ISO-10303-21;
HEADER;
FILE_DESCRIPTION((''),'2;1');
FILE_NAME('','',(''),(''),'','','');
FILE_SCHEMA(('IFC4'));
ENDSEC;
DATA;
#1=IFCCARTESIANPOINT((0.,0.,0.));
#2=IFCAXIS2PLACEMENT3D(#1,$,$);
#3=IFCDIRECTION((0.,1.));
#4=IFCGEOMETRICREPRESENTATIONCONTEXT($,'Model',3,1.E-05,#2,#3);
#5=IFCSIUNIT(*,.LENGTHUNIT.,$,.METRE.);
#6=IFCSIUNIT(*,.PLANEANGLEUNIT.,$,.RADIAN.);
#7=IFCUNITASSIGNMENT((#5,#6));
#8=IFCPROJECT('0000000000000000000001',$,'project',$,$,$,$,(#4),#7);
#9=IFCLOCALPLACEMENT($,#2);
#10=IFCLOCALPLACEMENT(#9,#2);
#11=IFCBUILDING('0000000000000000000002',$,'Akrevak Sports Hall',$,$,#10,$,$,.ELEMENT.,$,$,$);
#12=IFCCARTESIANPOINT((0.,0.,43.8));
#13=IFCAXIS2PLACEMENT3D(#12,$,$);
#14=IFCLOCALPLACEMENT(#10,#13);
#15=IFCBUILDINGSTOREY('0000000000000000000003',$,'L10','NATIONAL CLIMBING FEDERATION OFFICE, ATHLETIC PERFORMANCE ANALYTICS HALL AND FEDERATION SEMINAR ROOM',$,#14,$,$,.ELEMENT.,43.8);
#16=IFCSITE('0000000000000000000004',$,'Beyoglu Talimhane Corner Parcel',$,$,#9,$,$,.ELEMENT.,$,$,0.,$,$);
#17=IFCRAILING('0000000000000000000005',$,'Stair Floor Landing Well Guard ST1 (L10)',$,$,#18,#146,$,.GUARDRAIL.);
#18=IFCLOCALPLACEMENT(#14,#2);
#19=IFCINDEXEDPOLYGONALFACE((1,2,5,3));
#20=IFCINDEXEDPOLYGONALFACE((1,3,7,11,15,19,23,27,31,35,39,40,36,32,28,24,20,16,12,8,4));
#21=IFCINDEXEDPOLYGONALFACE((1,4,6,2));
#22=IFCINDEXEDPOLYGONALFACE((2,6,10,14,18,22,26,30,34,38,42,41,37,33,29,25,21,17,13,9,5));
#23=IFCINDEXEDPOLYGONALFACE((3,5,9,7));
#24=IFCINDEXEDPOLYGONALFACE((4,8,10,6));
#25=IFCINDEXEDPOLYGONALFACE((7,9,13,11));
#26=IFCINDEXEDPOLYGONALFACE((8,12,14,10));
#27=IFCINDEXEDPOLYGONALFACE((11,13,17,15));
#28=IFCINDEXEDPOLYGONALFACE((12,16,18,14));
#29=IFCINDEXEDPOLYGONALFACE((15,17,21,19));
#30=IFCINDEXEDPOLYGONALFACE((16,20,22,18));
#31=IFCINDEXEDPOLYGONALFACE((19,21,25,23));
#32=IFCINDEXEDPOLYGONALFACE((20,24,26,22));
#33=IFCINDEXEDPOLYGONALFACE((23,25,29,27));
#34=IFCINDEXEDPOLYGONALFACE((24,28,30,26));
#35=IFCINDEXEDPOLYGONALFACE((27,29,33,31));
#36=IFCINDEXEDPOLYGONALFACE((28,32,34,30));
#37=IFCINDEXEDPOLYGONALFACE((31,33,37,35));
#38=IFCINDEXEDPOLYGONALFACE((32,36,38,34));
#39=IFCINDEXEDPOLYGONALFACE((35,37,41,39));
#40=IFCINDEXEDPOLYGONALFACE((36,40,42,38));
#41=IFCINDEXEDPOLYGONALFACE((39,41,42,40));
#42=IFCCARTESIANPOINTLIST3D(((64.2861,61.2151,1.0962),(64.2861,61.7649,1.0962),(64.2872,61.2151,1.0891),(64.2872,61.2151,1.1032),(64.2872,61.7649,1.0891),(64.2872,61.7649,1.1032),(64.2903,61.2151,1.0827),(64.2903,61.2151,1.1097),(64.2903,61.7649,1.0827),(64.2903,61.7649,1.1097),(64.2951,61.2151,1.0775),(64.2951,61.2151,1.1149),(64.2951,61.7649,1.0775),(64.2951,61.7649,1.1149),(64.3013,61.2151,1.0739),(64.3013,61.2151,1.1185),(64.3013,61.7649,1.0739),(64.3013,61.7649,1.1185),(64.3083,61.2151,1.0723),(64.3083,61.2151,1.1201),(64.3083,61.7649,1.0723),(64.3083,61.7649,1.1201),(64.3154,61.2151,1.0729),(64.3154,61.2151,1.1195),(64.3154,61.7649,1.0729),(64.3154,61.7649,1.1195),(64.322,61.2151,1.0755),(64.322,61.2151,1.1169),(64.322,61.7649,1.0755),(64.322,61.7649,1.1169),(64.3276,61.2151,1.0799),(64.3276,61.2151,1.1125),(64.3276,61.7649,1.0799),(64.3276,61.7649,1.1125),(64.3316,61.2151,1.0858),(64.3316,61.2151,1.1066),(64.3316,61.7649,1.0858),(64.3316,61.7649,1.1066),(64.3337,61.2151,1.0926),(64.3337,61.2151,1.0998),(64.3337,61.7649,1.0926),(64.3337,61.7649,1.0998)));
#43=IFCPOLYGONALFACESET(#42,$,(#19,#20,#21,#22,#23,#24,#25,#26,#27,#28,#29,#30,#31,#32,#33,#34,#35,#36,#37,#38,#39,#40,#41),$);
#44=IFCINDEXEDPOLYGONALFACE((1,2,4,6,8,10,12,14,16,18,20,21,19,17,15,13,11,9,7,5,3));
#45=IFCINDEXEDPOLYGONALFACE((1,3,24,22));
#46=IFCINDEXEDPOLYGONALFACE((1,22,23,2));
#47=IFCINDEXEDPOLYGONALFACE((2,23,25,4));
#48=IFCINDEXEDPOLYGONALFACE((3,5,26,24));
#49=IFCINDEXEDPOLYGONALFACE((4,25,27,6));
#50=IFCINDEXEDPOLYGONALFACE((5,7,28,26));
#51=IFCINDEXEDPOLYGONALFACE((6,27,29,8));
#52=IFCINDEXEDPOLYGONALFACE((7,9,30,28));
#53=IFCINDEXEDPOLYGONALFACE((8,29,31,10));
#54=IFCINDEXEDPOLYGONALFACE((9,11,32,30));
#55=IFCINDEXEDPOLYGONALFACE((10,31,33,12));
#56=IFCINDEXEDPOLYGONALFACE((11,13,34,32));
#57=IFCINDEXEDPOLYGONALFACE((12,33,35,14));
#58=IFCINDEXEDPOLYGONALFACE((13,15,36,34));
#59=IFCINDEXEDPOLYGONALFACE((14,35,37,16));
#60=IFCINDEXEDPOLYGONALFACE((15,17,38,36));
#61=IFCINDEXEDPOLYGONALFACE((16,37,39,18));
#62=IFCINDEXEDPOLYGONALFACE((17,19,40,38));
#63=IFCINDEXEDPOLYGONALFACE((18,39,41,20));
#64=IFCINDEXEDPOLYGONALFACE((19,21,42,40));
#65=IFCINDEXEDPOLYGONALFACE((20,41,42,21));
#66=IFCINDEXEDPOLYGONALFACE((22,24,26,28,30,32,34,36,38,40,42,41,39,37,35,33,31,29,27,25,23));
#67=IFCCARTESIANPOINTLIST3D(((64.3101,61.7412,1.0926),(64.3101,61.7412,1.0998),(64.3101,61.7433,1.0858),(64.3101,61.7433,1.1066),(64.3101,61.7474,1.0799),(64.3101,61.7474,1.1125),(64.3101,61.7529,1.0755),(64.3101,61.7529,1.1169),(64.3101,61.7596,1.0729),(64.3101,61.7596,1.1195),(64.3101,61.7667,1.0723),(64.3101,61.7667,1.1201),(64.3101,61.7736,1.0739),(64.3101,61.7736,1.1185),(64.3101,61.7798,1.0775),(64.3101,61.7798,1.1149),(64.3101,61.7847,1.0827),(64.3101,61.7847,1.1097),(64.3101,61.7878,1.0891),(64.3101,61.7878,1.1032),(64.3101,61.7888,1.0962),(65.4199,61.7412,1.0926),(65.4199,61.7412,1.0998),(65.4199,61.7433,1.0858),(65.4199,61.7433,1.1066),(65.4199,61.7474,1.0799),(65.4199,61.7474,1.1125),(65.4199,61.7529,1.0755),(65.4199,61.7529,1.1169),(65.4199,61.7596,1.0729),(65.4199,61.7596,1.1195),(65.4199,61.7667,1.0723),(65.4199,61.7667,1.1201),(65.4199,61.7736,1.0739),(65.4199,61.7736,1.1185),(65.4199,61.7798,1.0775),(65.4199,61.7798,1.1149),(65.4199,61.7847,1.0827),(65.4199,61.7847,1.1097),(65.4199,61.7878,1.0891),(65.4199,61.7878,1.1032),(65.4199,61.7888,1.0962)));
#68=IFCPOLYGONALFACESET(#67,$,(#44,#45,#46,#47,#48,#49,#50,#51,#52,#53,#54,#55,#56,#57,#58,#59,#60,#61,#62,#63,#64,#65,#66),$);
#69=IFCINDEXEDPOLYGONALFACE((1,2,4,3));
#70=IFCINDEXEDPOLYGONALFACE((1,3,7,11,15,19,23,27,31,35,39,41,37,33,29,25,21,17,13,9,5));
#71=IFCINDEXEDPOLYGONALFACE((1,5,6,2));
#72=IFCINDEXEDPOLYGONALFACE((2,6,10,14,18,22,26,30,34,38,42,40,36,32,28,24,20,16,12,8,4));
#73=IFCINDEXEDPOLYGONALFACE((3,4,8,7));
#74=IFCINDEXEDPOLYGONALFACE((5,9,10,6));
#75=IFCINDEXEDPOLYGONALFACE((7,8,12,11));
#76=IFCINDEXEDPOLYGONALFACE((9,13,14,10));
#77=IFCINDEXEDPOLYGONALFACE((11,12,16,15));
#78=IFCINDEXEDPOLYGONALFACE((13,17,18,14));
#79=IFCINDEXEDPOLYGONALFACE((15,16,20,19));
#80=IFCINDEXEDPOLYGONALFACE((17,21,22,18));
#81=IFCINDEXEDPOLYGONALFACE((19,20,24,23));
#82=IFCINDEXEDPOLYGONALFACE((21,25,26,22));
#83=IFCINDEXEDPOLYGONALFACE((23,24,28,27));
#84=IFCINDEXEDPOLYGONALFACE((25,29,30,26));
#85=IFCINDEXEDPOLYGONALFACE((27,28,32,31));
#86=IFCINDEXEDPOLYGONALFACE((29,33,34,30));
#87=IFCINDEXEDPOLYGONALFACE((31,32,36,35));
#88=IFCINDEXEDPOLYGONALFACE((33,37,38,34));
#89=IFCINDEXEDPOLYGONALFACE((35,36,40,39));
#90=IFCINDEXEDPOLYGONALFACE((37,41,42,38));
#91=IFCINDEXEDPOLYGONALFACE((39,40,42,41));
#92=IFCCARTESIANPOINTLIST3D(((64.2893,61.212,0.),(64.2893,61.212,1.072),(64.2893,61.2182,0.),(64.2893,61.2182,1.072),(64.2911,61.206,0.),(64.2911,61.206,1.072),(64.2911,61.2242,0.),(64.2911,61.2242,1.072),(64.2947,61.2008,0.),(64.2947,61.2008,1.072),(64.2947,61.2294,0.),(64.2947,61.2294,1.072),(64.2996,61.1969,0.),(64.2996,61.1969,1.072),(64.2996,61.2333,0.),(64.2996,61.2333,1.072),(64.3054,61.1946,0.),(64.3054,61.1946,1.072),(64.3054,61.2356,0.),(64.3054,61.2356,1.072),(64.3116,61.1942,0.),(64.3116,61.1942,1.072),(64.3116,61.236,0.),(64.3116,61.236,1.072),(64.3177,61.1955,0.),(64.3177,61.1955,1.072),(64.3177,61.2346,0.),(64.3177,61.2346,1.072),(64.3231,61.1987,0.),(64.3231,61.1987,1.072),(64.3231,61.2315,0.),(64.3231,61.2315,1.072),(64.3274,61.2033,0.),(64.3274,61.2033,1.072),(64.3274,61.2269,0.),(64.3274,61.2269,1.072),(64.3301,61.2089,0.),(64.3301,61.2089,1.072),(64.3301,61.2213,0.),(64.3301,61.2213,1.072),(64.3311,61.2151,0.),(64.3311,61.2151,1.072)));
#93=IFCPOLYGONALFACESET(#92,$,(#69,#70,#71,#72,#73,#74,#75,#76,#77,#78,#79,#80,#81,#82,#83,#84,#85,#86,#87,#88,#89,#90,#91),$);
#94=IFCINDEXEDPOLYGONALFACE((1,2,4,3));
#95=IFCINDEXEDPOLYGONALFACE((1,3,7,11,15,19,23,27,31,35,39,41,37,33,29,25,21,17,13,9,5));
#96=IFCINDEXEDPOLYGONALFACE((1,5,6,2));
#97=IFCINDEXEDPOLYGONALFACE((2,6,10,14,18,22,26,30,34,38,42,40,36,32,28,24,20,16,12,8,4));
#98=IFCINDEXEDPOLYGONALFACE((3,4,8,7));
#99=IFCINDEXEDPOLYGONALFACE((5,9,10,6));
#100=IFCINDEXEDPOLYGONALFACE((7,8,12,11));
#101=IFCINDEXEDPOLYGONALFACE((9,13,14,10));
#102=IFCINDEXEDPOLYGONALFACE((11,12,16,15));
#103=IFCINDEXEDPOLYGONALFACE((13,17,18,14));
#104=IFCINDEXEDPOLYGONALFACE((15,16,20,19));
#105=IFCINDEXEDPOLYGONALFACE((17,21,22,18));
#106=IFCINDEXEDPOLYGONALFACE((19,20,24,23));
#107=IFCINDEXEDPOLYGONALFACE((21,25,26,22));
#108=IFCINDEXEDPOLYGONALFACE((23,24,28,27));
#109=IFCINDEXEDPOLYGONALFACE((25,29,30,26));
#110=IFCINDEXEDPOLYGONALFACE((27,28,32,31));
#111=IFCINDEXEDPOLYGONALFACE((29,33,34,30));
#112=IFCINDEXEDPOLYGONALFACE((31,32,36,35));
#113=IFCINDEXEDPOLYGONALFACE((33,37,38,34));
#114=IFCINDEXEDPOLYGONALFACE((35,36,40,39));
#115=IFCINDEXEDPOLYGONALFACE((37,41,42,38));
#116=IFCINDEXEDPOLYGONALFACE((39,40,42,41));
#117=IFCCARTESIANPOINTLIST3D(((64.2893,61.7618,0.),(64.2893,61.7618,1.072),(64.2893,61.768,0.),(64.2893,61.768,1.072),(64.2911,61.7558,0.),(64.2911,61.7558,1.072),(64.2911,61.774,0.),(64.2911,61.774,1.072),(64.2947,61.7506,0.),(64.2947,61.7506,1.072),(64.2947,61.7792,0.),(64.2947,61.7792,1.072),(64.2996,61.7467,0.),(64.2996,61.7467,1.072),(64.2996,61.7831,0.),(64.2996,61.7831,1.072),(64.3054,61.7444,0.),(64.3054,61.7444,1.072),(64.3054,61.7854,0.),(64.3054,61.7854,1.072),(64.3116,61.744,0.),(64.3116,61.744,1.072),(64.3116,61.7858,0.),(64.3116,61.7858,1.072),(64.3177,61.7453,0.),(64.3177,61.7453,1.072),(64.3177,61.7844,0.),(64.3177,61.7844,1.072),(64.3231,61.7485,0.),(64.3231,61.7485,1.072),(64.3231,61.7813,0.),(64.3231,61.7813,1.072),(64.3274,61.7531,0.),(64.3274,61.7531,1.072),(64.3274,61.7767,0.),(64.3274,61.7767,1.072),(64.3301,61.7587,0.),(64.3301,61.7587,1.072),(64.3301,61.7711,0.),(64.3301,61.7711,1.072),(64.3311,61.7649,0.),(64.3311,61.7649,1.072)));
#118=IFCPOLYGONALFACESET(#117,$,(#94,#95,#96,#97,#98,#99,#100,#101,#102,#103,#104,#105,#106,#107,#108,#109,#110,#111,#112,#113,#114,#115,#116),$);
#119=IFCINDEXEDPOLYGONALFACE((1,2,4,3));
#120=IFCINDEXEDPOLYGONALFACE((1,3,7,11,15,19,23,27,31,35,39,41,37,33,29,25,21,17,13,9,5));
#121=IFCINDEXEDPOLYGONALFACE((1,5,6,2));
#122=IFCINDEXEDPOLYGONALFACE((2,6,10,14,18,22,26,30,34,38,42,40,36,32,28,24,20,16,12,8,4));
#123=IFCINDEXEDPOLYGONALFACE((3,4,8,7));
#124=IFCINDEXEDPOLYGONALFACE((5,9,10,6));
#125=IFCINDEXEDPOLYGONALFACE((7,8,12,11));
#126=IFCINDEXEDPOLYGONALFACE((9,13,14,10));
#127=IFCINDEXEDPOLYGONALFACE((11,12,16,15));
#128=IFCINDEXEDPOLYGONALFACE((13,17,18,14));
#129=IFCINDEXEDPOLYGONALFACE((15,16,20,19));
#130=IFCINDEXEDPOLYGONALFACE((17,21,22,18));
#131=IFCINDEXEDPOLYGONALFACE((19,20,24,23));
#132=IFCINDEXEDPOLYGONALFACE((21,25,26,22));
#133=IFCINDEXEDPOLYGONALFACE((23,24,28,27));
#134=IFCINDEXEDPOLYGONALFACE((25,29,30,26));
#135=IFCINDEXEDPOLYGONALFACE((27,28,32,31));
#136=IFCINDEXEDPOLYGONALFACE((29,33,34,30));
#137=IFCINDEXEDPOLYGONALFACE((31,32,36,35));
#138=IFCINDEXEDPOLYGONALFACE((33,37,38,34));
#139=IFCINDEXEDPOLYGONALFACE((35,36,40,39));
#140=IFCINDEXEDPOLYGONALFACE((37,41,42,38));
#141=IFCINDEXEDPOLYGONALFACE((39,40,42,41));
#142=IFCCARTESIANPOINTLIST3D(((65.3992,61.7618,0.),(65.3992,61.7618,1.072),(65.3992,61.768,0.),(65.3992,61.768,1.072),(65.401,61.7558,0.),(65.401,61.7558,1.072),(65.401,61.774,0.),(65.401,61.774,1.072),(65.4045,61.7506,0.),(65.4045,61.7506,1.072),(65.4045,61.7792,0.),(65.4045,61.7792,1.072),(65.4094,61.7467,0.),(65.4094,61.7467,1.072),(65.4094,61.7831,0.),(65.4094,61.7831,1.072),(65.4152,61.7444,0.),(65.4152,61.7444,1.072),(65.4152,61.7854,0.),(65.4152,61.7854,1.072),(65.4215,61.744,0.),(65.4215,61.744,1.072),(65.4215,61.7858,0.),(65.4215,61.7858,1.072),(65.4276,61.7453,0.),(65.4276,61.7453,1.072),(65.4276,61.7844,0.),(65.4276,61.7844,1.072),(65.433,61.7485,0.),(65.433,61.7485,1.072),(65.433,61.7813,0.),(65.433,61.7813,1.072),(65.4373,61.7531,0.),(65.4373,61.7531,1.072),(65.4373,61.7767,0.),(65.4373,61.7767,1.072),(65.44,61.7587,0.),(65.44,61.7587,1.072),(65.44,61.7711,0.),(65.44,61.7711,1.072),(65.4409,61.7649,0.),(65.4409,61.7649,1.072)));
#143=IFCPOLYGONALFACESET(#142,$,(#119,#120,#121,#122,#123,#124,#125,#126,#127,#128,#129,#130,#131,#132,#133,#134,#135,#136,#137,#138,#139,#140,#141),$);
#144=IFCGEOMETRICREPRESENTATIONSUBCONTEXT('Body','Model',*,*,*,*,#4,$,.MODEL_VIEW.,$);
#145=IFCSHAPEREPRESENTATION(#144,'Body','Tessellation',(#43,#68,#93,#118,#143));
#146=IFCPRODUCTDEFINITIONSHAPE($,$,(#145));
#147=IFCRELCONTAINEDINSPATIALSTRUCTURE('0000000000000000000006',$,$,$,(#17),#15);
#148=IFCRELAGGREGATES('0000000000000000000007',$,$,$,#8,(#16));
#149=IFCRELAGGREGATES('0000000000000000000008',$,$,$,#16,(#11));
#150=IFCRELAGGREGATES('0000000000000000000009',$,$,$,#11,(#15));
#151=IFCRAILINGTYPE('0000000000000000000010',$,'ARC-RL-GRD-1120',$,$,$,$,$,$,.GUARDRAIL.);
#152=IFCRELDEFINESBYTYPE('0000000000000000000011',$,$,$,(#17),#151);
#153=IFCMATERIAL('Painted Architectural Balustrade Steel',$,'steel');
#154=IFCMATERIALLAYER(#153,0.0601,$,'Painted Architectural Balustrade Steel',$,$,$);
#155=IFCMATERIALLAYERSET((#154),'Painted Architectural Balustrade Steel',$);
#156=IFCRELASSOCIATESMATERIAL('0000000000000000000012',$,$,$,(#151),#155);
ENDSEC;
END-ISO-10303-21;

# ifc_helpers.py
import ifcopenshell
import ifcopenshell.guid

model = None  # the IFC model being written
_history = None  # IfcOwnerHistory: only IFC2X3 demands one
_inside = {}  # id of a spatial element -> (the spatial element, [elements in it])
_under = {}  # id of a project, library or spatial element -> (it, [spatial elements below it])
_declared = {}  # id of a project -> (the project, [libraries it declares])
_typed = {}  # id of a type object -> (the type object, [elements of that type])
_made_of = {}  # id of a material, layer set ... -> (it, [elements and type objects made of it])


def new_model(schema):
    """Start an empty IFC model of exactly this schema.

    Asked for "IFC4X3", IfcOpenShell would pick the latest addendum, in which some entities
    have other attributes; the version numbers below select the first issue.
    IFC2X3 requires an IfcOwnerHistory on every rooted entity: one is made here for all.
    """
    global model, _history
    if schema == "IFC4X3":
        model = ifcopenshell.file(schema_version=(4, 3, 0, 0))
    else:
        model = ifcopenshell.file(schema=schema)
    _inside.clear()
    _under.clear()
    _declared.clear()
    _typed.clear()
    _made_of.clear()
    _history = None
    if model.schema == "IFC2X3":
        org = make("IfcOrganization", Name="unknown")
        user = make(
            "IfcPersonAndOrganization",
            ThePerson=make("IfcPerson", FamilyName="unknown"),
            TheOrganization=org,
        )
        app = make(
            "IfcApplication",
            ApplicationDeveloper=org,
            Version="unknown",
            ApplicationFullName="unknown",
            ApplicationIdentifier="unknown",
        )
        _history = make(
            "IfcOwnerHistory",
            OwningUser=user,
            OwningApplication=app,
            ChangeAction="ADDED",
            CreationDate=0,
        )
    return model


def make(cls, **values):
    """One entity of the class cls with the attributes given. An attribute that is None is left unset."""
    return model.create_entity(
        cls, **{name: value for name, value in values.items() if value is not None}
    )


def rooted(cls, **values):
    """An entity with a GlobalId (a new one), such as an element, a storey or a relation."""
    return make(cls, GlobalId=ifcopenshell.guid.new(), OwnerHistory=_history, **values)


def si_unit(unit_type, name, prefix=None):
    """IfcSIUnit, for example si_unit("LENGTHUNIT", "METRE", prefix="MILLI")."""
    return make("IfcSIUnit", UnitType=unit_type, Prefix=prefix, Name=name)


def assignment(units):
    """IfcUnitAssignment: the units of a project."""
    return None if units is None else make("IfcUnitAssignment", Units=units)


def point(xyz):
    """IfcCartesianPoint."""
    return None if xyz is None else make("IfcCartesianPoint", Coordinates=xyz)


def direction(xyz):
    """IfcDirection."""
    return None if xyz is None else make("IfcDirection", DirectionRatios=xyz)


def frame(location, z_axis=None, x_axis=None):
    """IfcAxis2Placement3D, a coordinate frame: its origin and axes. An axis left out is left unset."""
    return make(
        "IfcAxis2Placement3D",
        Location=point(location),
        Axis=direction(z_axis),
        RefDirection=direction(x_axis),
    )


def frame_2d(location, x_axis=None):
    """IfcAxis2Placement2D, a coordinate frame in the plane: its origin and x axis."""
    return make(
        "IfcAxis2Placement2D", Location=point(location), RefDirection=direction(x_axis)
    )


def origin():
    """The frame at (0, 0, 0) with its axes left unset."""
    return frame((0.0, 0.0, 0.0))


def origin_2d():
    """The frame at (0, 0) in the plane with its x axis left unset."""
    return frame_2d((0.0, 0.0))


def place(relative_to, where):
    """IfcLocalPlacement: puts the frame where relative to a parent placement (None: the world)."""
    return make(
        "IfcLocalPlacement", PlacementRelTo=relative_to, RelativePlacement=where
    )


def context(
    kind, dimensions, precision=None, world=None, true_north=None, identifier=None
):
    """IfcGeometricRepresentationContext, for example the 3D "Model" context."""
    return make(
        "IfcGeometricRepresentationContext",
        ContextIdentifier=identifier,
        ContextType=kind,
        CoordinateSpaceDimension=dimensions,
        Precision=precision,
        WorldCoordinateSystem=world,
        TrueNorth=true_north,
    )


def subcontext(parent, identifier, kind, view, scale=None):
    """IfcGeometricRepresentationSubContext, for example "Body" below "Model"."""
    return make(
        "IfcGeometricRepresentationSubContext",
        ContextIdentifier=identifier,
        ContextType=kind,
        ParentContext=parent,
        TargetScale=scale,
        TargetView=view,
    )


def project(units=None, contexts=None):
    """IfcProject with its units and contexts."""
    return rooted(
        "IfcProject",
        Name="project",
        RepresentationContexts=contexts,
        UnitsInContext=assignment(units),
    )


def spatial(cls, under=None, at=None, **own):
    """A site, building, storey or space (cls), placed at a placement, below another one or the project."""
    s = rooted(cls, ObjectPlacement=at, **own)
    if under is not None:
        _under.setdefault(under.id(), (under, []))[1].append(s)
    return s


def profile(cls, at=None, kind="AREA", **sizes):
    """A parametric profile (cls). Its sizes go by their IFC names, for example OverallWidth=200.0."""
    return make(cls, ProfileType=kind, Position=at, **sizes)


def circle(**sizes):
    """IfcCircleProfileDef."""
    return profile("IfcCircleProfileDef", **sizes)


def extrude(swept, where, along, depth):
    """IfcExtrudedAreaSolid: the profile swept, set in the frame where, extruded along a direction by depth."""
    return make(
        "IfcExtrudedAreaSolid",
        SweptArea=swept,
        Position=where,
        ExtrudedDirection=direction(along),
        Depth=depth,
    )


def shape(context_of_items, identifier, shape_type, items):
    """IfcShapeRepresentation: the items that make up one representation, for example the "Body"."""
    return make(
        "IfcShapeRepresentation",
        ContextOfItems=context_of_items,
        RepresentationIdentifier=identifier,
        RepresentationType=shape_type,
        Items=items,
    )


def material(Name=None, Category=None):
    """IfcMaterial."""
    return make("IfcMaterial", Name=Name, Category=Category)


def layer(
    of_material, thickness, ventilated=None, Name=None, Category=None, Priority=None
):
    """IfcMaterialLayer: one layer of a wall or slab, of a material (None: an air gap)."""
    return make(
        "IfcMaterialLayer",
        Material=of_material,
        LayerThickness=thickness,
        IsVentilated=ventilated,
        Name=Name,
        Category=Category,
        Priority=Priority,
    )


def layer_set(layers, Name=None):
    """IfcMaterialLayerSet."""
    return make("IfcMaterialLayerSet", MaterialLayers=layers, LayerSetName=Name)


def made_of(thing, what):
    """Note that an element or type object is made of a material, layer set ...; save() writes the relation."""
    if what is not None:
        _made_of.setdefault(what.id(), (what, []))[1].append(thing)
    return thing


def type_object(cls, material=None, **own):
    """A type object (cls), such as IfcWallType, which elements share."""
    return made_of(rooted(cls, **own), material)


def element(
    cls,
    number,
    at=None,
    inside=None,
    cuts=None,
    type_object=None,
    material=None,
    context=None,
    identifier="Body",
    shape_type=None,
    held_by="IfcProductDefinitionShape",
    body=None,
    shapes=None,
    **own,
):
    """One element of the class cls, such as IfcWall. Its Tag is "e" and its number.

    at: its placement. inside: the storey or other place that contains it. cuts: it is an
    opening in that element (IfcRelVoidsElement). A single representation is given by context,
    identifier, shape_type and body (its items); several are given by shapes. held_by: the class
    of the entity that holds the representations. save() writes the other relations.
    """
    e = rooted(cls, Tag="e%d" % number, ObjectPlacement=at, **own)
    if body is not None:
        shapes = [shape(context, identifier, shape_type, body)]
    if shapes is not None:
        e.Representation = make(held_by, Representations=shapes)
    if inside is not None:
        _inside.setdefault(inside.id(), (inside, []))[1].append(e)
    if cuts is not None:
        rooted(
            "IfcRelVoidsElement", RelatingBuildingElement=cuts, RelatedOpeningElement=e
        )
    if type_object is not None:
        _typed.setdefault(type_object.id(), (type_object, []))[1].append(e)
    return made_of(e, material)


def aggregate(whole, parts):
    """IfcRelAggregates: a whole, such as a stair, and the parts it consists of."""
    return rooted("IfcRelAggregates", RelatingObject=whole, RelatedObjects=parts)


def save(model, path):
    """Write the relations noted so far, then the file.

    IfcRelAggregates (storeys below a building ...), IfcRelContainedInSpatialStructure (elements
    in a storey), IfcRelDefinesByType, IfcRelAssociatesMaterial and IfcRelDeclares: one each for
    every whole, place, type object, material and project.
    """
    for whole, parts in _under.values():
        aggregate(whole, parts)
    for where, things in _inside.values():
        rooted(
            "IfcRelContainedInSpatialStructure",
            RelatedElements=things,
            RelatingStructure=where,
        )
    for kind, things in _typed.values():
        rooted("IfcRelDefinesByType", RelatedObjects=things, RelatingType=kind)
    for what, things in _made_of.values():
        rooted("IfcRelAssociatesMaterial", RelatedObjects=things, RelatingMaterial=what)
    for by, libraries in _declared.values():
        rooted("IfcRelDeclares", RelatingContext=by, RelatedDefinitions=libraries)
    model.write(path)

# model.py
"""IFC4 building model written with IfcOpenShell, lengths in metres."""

from ifc_helpers import new_model, si_unit, direction, frame, origin, origin_2d, place, context, subcontext, project, spatial, circle, extrude, material, layer, layer_set, type_object, element, save


model = new_model("IFC4")

# Units and contexts
model_context = context("Model", 3, precision=1e-05, world=origin(), true_north=direction((0.0, 1.0)))
body_context = subcontext(model_context, "Body", "Model", "MODEL_VIEW")
ifc_project = project(units=[si_unit("LENGTHUNIT", "METRE"), si_unit("PLANEANGLEUNIT", "RADIAN")], contexts=[model_context])

# Site, building, storey
site_placement = place(None, origin())
site = spatial("IfcSite", under=ifc_project, at=site_placement, Name="Beyoglu Talimhane Corner Parcel", CompositionType="ELEMENT", RefElevation=0.0)
building_placement = place(site_placement, origin())
building = spatial("IfcBuilding", under=site, at=building_placement, Name="Akrevak Sports Hall", CompositionType="ELEMENT")
storey_placement = place(building_placement, frame((0.0, 0.0, 43.8)))
storey = spatial("IfcBuildingStorey", under=building, at=storey_placement, Name="L10", Description="NATIONAL CLIMBING FEDERATION OFFICE, ATHLETIC PERFORMANCE ANALYTICS HALL AND FEDERATION SEMINAR ROOM", CompositionType="ELEMENT", Elevation=43.8)

# Railing
ifc_material_1 = material(Name="Painted Architectural Balustrade Steel", Category="steel")
ifc_layer_1 = layer(ifc_material_1, 0.0601, Name="Painted Architectural Balustrade Steel")
ifc_layer_set_1 = layer_set([ifc_layer_1], Name="Painted Architectural Balustrade Steel")
railing_type_1 = type_object("IfcRailingType", Name="ARC-RL-GRD-1120", PredefinedType="GUARDRAIL", material=ifc_layer_set_1)
railing_1_placement = place(storey_placement, frame((64.3101, 61.2151, 0.0)))
element("IfcRailing", 1, at=railing_1_placement, inside=storey, type_object=railing_type_1, Name="Stair Floor Landing Well Guard ST1 (L10)", PredefinedType="GUARDRAIL", context=body_context, shape_type="SweptSolid", body=[
    extrude(circle(Radius=0.0239, at=origin_2d()), frame((0.0, 0.0, 1.0962), z_axis=(0.0, 1.0, 0.0), x_axis=(-1.0, 0.0, 0.0)), (0.0, 0.0, 1.0), 0.5498),
    extrude(circle(Radius=0.0239, at=origin_2d()), frame((0.0, 0.5498, 1.0962), z_axis=(1.0, 0.0, 0.0), x_axis=(0.0, 1.0, 0.0)), (0.0, 0.0, 1.0), 1.1099),
    extrude(circle(Radius=0.021, at=origin_2d()), origin(), (0.0, 0.0, 1.0), 1.072),
    extrude(circle(Radius=0.021, at=origin_2d()), frame((0.0, 0.5498, 0.0)), (0.0, 0.0, 1.0), 1.072),
    extrude(circle(Radius=0.021, at=origin_2d()), frame((1.1099, 0.5498, 0.0)), (0.0, 0.0, 1.0), 1.072),
])

save(model, "model.ifc")
